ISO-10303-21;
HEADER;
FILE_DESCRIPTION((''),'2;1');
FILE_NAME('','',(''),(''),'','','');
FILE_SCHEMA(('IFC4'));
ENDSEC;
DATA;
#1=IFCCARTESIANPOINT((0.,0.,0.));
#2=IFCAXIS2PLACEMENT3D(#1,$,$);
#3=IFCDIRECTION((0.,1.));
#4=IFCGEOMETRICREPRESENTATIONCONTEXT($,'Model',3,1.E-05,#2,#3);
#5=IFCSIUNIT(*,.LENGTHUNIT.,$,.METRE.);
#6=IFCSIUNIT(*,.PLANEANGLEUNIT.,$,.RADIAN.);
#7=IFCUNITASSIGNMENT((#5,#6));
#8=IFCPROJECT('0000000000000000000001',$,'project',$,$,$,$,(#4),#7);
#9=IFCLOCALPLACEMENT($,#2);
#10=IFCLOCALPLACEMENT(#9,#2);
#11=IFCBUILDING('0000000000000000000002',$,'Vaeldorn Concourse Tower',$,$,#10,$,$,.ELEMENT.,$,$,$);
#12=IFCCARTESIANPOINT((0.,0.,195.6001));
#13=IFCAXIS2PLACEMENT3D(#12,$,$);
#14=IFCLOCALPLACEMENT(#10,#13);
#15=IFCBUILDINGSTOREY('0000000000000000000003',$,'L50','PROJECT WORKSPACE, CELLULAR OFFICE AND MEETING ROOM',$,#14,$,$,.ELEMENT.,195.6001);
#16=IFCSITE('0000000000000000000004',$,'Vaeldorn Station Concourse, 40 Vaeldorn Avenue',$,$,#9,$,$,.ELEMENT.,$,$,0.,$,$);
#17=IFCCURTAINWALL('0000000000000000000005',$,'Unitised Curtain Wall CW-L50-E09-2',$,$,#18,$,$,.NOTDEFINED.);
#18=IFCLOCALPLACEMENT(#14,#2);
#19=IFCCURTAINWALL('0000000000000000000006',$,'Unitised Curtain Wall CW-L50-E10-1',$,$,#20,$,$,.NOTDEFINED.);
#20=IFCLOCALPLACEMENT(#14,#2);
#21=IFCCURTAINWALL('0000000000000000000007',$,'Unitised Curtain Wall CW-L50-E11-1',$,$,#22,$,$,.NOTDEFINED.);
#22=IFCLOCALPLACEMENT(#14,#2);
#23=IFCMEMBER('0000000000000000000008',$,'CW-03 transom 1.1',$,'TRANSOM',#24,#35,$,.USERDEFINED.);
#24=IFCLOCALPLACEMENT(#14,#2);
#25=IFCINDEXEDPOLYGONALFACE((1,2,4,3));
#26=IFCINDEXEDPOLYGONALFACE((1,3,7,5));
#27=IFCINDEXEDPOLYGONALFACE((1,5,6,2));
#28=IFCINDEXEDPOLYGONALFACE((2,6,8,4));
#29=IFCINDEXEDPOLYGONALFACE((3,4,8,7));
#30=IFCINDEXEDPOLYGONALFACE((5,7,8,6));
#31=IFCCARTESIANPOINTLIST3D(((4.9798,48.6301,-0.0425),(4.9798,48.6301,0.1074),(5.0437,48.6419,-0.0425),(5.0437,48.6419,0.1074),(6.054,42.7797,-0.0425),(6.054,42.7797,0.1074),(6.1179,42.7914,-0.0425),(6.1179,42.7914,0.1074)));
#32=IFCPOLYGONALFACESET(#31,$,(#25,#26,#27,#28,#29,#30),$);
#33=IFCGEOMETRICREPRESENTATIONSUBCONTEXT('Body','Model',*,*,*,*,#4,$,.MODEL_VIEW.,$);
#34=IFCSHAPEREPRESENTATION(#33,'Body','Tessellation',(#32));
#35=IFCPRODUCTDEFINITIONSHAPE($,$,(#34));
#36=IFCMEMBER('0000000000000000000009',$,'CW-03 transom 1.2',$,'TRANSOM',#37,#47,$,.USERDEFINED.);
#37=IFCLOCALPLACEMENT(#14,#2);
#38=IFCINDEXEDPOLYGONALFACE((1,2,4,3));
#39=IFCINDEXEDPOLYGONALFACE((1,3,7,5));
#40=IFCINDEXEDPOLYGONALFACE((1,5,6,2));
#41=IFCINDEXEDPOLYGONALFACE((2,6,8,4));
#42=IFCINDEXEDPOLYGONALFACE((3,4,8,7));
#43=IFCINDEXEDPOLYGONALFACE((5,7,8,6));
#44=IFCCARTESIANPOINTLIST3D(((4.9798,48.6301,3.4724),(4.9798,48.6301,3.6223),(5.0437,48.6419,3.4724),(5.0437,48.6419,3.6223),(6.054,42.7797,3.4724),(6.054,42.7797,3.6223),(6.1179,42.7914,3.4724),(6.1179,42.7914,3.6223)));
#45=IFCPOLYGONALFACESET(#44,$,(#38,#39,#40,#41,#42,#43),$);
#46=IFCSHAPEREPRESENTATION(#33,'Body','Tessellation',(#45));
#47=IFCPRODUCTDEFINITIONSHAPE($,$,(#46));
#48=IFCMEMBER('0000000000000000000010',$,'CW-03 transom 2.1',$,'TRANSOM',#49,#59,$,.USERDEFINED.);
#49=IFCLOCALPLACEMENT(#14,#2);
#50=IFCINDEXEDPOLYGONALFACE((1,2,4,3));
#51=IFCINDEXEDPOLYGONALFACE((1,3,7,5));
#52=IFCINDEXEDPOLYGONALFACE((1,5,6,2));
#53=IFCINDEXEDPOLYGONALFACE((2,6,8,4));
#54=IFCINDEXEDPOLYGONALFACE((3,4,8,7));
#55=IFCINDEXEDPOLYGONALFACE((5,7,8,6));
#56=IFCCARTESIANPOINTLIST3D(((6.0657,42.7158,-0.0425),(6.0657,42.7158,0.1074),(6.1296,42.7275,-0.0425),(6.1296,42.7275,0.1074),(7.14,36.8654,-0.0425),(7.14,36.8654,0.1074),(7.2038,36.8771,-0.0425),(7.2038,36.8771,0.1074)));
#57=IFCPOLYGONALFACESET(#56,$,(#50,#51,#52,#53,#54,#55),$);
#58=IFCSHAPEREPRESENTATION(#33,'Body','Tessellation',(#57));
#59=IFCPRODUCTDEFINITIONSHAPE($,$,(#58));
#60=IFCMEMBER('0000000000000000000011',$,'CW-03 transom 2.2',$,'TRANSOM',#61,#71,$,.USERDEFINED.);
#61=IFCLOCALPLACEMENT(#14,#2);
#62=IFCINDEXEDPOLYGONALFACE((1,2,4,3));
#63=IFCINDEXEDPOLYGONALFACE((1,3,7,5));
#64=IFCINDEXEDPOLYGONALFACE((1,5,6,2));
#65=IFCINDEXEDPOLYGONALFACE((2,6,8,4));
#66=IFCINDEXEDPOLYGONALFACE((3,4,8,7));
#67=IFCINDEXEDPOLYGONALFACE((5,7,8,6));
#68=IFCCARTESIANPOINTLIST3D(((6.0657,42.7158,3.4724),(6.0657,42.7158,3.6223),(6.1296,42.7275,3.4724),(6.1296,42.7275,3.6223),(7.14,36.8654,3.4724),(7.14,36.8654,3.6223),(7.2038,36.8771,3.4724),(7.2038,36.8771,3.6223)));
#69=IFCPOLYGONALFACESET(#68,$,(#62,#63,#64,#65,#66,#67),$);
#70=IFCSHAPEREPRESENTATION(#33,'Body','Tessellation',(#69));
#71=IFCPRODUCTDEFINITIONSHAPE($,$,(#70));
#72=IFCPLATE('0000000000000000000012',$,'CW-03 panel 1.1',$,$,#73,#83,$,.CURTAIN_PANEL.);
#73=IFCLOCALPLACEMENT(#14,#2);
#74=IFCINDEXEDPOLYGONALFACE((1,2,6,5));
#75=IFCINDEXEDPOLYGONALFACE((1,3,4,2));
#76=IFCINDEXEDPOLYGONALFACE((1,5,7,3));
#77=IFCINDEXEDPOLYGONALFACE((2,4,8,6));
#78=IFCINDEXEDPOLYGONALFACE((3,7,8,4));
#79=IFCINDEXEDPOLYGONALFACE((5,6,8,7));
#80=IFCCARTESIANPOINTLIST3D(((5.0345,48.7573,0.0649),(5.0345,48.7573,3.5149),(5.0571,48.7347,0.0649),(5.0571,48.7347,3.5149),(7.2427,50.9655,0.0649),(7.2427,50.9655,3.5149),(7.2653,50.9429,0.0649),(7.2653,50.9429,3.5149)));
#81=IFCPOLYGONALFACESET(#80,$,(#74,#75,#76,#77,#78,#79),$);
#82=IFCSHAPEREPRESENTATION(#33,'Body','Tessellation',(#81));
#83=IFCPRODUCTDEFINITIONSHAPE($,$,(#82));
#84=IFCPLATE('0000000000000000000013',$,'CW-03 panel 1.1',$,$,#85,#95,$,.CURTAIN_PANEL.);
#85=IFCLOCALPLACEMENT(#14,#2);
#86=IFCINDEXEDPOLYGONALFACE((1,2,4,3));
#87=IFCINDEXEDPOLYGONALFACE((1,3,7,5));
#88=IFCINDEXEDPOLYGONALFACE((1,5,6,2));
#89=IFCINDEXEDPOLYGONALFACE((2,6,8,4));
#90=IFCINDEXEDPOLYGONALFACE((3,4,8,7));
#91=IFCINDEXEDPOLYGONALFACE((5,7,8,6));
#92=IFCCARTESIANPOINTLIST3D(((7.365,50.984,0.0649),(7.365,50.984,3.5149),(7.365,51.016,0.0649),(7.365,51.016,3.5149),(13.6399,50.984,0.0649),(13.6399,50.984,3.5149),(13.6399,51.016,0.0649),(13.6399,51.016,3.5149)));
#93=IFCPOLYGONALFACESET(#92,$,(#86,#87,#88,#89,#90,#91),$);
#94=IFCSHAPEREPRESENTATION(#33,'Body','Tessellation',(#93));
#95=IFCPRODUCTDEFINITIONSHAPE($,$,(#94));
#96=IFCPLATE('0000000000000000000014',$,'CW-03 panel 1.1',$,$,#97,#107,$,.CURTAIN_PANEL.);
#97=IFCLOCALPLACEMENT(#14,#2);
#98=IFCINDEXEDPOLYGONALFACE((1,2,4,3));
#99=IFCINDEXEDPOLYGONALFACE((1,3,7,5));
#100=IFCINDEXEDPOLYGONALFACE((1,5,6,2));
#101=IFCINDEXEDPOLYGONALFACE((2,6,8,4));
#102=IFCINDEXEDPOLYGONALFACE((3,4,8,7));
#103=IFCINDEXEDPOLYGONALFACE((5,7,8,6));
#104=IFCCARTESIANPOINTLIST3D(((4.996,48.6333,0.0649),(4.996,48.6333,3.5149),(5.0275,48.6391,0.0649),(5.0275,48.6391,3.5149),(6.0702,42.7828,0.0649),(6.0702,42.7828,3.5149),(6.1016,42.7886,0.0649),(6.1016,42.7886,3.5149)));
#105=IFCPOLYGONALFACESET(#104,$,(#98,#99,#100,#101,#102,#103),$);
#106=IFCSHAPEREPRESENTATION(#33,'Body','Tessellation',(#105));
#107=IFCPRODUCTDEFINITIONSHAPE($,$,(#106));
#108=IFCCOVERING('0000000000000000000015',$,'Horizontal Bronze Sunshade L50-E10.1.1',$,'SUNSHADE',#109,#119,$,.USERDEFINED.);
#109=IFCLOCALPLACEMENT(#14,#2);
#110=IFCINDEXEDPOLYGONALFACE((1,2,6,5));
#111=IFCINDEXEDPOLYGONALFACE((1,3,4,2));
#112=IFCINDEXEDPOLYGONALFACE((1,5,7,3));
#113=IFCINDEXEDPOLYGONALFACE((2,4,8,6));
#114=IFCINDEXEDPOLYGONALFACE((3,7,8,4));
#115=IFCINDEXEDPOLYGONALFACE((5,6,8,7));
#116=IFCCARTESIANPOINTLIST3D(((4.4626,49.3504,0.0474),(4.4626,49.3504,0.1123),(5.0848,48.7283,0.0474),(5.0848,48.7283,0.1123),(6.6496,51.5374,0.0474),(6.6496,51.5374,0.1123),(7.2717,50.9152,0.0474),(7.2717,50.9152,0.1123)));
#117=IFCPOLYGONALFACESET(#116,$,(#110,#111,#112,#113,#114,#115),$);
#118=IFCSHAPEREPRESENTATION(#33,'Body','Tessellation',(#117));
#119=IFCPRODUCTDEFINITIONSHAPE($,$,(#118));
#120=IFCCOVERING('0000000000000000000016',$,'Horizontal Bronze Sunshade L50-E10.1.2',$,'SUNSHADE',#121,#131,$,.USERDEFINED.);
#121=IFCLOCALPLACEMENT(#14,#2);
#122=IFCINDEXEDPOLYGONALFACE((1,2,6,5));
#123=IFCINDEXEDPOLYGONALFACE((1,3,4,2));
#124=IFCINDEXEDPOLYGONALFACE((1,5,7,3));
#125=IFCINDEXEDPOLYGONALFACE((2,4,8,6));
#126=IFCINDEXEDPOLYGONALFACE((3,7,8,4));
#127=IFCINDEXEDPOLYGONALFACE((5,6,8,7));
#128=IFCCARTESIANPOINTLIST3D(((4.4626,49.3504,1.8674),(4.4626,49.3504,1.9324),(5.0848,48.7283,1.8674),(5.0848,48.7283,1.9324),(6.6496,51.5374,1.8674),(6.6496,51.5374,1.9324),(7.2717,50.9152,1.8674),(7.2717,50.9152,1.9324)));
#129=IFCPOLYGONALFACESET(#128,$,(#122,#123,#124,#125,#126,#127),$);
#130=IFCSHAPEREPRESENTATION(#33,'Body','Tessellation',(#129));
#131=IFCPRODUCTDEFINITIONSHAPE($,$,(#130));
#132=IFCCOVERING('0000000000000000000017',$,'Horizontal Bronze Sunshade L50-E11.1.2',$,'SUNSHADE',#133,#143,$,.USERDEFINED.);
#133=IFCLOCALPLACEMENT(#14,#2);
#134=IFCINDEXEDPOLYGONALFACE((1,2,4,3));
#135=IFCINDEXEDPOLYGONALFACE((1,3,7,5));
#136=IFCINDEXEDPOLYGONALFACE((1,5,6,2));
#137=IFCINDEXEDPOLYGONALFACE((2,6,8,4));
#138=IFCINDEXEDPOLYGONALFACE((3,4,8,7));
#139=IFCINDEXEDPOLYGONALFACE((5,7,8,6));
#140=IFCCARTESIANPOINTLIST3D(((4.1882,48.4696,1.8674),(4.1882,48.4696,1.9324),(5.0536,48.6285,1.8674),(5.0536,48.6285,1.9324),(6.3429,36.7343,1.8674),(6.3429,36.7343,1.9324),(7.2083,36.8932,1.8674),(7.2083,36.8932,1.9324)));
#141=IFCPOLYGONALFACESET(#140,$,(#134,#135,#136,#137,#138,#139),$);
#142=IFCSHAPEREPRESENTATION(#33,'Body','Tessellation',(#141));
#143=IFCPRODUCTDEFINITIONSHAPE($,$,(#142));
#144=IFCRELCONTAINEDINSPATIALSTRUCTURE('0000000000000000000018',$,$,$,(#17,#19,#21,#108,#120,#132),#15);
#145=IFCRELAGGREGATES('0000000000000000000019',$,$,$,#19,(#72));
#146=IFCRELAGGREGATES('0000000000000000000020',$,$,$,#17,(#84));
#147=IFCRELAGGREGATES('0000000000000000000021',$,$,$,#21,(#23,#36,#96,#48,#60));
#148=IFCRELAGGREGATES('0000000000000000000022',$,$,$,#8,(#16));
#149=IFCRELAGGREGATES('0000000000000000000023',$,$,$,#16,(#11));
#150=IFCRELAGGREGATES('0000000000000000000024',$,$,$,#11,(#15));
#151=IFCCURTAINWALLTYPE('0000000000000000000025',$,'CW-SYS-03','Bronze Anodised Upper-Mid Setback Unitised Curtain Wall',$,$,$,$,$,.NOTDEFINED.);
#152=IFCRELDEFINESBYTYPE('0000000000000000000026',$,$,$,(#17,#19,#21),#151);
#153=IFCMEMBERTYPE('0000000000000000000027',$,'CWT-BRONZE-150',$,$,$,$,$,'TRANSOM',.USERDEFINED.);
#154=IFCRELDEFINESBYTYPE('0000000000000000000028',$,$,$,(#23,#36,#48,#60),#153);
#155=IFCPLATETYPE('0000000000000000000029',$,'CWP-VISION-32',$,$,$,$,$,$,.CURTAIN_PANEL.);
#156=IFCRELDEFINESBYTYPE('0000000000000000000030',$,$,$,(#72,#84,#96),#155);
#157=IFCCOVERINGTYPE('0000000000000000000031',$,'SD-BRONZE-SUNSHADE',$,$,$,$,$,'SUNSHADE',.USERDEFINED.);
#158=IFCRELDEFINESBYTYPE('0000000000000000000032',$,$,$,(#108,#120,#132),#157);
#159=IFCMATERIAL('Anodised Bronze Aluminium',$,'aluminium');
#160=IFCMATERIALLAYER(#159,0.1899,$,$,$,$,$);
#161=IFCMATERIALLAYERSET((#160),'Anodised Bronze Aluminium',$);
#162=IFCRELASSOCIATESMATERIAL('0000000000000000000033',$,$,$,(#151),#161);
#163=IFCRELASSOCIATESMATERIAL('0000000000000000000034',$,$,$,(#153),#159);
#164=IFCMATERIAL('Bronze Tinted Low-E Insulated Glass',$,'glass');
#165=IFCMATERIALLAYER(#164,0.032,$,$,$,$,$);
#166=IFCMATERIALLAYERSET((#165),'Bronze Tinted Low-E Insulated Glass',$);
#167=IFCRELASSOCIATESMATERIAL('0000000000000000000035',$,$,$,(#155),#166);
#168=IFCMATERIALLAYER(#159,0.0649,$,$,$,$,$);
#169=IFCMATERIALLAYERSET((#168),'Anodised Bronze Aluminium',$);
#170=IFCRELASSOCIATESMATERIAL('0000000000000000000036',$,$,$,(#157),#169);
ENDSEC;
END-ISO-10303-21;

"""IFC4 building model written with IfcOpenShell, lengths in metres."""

from ifc_helpers import new_model, si_unit, direction, frame, origin, origin_2d, place, context, subcontext, project, spatial, rectangle, extrude, source, transform, mapped, material, layer, layer_set, material_profile, profile_set, type_object, element, aggregate, save


model = new_model("IFC4")

# Units and contexts
model_context = context("Model", 3, precision=1e-05, world=origin(), true_north=direction((0.0, 1.0)))
body_context = subcontext(model_context, "Body", "Model", "MODEL_VIEW")
ifc_project = project(units=[si_unit("LENGTHUNIT", "METRE"), si_unit("PLANEANGLEUNIT", "RADIAN")], contexts=[model_context])

# Site, building, storey
site_placement = place(None, origin())
site = spatial("IfcSite", under=ifc_project, at=site_placement, Name="Vaeldorn Station Concourse, 40 Vaeldorn Avenue", CompositionType="ELEMENT", RefElevation=0.0)
building_placement = place(site_placement, origin())
building = spatial("IfcBuilding", under=site, at=building_placement, Name="Vaeldorn Concourse Tower", CompositionType="ELEMENT")
storey_placement = place(building_placement, frame((0.0, 0.0, 195.6001)))
storey = spatial("IfcBuildingStorey", under=building, at=storey_placement, Name="L50", Description="PROJECT WORKSPACE, CELLULAR OFFICE AND MEETING ROOM", CompositionType="ELEMENT", Elevation=195.6001)

# Curtain walls
ifc_material_1 = material(Name="Anodised Bronze Aluminium", Category="aluminium")
ifc_layer_1 = layer(ifc_material_1, 0.1899)
ifc_layer_set_1 = layer_set([ifc_layer_1], Name="Anodised Bronze Aluminium")
curtain_wall_type = type_object("IfcCurtainWallType", Name="CW-SYS-03", Description="Bronze Anodised Upper-Mid Setback Unitised Curtain Wall", PredefinedType="NOTDEFINED", material=ifc_layer_set_1)
curtain_wall_1_placement = place(storey_placement, origin())
curtain_wall_1 = element("IfcCurtainWall", 1, at=curtain_wall_1_placement, inside=storey, type_object=curtain_wall_type, Name="Unitised Curtain Wall CW-L50-E09-2", PredefinedType="NOTDEFINED")
curtain_wall_2_placement = place(storey_placement, origin())
curtain_wall_2 = element("IfcCurtainWall", 2, at=curtain_wall_2_placement, inside=storey, type_object=curtain_wall_type, Name="Unitised Curtain Wall CW-L50-E10-1", PredefinedType="NOTDEFINED")
curtain_wall_3_placement = place(storey_placement, origin())
curtain_wall_3 = element("IfcCurtainWall", 3, at=curtain_wall_3_placement, inside=storey, type_object=curtain_wall_type, Name="Unitised Curtain Wall CW-L50-E11-1", PredefinedType="NOTDEFINED")

# Members
ifc_material_profile_1 = material_profile(ifc_material_1, rectangle(XDim=0.0649, YDim=0.1499, at=origin_2d()), Name="CWT 65x150")
ifc_profile_set_1 = profile_set([ifc_material_profile_1], Name="Anodised Bronze Aluminium")
member_type_1 = type_object("IfcMemberType", Name="CWT-BRONZE-150", ElementType="TRANSOM", PredefinedType="USERDEFINED", material=ifc_profile_set_1)
shared_shape_1 = source(origin(), body_context, "Body", "SweptSolid", [
    extrude(rectangle(XDim=0.0649, YDim=0.1499, at=origin_2d()), origin(), (0.0, 0.0, 1.0), 5.9482),
])
member_1_placement = place(storey_placement, frame((5.0117, 48.636, 0.0325), z_axis=(0.180597, -0.983557, 0.0), x_axis=(0.983557, 0.180597, 0.0)))
member_1 = element("IfcMember", 4, at=member_1_placement, type_object=member_type_1, Name="CW-03 transom 1.1", ObjectType="TRANSOM", PredefinedType="USERDEFINED", context=body_context, shape_type="MappedRepresentation", body=[
    mapped(shared_shape_1, transform((0.0, 0.0, 0.0), scale=1.0)),
])
member_2_placement = place(storey_placement, frame((5.0117, 48.636, 3.5474), z_axis=(0.180597, -0.983557, 0.0), x_axis=(0.983557, 0.180597, 0.0)))
member_2 = element("IfcMember", 5, at=member_2_placement, type_object=member_type_1, Name="CW-03 transom 1.2", ObjectType="TRANSOM", PredefinedType="USERDEFINED", context=body_context, shape_type="MappedRepresentation", body=[
    mapped(shared_shape_1, transform((0.0, 0.0, 0.0), scale=1.0)),
])
member_3_placement = place(storey_placement, frame((6.0977, 42.7217, 0.0325), z_axis=(0.180597, -0.983557, 0.0), x_axis=(0.983557, 0.180597, 0.0)))
member_3 = element("IfcMember", 6, at=member_3_placement, type_object=member_type_1, Name="CW-03 transom 2.1", ObjectType="TRANSOM", PredefinedType="USERDEFINED", context=body_context, shape_type="MappedRepresentation", body=[
    mapped(shared_shape_1, transform((0.0, 0.0, 0.0), scale=1.0)),
])
member_4_placement = place(storey_placement, frame((6.0977, 42.7217, 3.5474), z_axis=(0.180597, -0.983557, 0.0), x_axis=(0.983557, 0.180597, 0.0)))
member_4 = element("IfcMember", 7, at=member_4_placement, type_object=member_type_1, Name="CW-03 transom 2.2", ObjectType="TRANSOM", PredefinedType="USERDEFINED", context=body_context, shape_type="MappedRepresentation", body=[
    mapped(shared_shape_1, transform((0.0, 0.0, 0.0), scale=1.0)),
])

# Plates
ifc_material_2 = material(Name="Bronze Tinted Low-E Insulated Glass", Category="glass")
ifc_layer_2 = layer(ifc_material_2, 0.032)
ifc_layer_set_2 = layer_set([ifc_layer_2], Name="Bronze Tinted Low-E Insulated Glass")
plate_type = type_object("IfcPlateType", Name="CWP-VISION-32", PredefinedType="CURTAIN_PANEL", material=ifc_layer_set_2)
shared_shape_2 = source(origin(), body_context, "Body", "SweptSolid", [
    extrude(rectangle(XDim=3.1228, YDim=0.032, at=origin_2d()), origin(), (0.0, 0.0, 1.0), 3.45),
])
plate_1_placement = place(storey_placement, frame((6.1499, 49.8501, 0.0649), z_axis=(0.0, 0.0, 1.0), x_axis=(-0.707107, -0.707107, 0.0)))
plate_1 = element("IfcPlate", 8, at=plate_1_placement, type_object=plate_type, Name="CW-03 panel 1.1", PredefinedType="CURTAIN_PANEL", context=body_context, shape_type="MappedRepresentation", body=[
    mapped(shared_shape_2, transform((0.0, 0.0, 0.0), scale=1.0)),
])
aggregate(curtain_wall_2, [plate_1])
shared_shape_3 = source(origin(), body_context, "Body", "SweptSolid", [
    extrude(rectangle(XDim=6.2749, YDim=0.032, at=origin_2d()), origin(), (0.0, 0.0, 1.0), 3.45),
])
plate_2_placement = place(storey_placement, frame((10.5024, 51.0, 0.0649), z_axis=(0.0, 0.0, 1.0), x_axis=(-1.0, 0.0, 0.0)))
plate_2 = element("IfcPlate", 9, at=plate_2_placement, type_object=plate_type, Name="CW-03 panel 1.1", PredefinedType="CURTAIN_PANEL", context=body_context, shape_type="MappedRepresentation", body=[
    mapped(shared_shape_3, transform((0.0, 0.0, 0.0), scale=1.0)),
])
aggregate(curtain_wall_1, [plate_2])
shared_shape_4 = source(origin(), body_context, "Body", "SweptSolid", [
    extrude(rectangle(XDim=5.9482, YDim=0.032, at=origin_2d()), origin(), (0.0, 0.0, 1.0), 3.45),
])
plate_3_placement = place(storey_placement, frame((5.5488, 45.7109, 0.0649), z_axis=(0.0, 0.0, 1.0), x_axis=(0.180585, -0.983559, 0.0)))
plate_3 = element("IfcPlate", 10, at=plate_3_placement, type_object=plate_type, Name="CW-03 panel 1.1", PredefinedType="CURTAIN_PANEL", context=body_context, shape_type="MappedRepresentation", body=[
    mapped(shared_shape_4, transform((0.0, 0.0, 0.0), scale=1.0)),
])
aggregate(curtain_wall_3, [member_1, member_2, plate_3, member_3, member_4])

# Coverings
ifc_layer_3 = layer(ifc_material_1, 0.0649)
ifc_layer_set_3 = layer_set([ifc_layer_3], Name="Anodised Bronze Aluminium")
covering_type = type_object("IfcCoveringType", Name="SD-BRONZE-SUNSHADE", ElementType="SUNSHADE", PredefinedType="USERDEFINED", material=ifc_layer_set_3)
shared_shape_5 = source(origin(), body_context, "Body", "SweptSolid", [
    extrude(rectangle(XDim=3.0928, YDim=0.8799, at=origin_2d()), origin(), (0.0, 0.0, 1.0), 0.0649),
])
for number, where, z_axis, x_axis, name in (
    (11, (5.8672, 50.1328, 0.0474), (0.0, 0.0, 1.0), (-0.707107, -0.707107, 0.0), "Horizontal Bronze Sunshade L50-E10.1.1"),
    (12, (5.8672, 50.1328, 1.8674), (0.0, 0.0, 1.0), (-0.707107, -0.707107, 0.0), "Horizontal Bronze Sunshade L50-E10.1.2"),
):
    element("IfcCovering", number, at=place(storey_placement, frame(where, z_axis=z_axis, x_axis=x_axis)), inside=storey, type_object=covering_type, Name=name, ObjectType="SUNSHADE", PredefinedType="USERDEFINED", context=body_context, shape_type="MappedRepresentation", body=[
        mapped(shared_shape_5, transform((0.0, 0.0, 0.0), scale=1.0)),
    ])
shared_shape_6 = source(origin(), body_context, "Body", "SweptSolid", [
    extrude(rectangle(XDim=11.9314, YDim=0.8799, at=origin_2d()), origin(), (0.0, 0.0, 1.0), 0.0649),
])
covering_placement = place(storey_placement, frame((5.6982, 42.6814, 1.8674), z_axis=(0.0, 0.0, 1.0), x_axis=(0.180588, -0.983559, 0.0)))
element("IfcCovering", 13, at=covering_placement, inside=storey, type_object=covering_type, Name="Horizontal Bronze Sunshade L50-E11.1.2", ObjectType="SUNSHADE", PredefinedType="USERDEFINED", context=body_context, shape_type="MappedRepresentation", body=[
    mapped(shared_shape_6, transform((0.0, 0.0, 0.0), scale=1.0)),
])

save(model, "model.ifc")
